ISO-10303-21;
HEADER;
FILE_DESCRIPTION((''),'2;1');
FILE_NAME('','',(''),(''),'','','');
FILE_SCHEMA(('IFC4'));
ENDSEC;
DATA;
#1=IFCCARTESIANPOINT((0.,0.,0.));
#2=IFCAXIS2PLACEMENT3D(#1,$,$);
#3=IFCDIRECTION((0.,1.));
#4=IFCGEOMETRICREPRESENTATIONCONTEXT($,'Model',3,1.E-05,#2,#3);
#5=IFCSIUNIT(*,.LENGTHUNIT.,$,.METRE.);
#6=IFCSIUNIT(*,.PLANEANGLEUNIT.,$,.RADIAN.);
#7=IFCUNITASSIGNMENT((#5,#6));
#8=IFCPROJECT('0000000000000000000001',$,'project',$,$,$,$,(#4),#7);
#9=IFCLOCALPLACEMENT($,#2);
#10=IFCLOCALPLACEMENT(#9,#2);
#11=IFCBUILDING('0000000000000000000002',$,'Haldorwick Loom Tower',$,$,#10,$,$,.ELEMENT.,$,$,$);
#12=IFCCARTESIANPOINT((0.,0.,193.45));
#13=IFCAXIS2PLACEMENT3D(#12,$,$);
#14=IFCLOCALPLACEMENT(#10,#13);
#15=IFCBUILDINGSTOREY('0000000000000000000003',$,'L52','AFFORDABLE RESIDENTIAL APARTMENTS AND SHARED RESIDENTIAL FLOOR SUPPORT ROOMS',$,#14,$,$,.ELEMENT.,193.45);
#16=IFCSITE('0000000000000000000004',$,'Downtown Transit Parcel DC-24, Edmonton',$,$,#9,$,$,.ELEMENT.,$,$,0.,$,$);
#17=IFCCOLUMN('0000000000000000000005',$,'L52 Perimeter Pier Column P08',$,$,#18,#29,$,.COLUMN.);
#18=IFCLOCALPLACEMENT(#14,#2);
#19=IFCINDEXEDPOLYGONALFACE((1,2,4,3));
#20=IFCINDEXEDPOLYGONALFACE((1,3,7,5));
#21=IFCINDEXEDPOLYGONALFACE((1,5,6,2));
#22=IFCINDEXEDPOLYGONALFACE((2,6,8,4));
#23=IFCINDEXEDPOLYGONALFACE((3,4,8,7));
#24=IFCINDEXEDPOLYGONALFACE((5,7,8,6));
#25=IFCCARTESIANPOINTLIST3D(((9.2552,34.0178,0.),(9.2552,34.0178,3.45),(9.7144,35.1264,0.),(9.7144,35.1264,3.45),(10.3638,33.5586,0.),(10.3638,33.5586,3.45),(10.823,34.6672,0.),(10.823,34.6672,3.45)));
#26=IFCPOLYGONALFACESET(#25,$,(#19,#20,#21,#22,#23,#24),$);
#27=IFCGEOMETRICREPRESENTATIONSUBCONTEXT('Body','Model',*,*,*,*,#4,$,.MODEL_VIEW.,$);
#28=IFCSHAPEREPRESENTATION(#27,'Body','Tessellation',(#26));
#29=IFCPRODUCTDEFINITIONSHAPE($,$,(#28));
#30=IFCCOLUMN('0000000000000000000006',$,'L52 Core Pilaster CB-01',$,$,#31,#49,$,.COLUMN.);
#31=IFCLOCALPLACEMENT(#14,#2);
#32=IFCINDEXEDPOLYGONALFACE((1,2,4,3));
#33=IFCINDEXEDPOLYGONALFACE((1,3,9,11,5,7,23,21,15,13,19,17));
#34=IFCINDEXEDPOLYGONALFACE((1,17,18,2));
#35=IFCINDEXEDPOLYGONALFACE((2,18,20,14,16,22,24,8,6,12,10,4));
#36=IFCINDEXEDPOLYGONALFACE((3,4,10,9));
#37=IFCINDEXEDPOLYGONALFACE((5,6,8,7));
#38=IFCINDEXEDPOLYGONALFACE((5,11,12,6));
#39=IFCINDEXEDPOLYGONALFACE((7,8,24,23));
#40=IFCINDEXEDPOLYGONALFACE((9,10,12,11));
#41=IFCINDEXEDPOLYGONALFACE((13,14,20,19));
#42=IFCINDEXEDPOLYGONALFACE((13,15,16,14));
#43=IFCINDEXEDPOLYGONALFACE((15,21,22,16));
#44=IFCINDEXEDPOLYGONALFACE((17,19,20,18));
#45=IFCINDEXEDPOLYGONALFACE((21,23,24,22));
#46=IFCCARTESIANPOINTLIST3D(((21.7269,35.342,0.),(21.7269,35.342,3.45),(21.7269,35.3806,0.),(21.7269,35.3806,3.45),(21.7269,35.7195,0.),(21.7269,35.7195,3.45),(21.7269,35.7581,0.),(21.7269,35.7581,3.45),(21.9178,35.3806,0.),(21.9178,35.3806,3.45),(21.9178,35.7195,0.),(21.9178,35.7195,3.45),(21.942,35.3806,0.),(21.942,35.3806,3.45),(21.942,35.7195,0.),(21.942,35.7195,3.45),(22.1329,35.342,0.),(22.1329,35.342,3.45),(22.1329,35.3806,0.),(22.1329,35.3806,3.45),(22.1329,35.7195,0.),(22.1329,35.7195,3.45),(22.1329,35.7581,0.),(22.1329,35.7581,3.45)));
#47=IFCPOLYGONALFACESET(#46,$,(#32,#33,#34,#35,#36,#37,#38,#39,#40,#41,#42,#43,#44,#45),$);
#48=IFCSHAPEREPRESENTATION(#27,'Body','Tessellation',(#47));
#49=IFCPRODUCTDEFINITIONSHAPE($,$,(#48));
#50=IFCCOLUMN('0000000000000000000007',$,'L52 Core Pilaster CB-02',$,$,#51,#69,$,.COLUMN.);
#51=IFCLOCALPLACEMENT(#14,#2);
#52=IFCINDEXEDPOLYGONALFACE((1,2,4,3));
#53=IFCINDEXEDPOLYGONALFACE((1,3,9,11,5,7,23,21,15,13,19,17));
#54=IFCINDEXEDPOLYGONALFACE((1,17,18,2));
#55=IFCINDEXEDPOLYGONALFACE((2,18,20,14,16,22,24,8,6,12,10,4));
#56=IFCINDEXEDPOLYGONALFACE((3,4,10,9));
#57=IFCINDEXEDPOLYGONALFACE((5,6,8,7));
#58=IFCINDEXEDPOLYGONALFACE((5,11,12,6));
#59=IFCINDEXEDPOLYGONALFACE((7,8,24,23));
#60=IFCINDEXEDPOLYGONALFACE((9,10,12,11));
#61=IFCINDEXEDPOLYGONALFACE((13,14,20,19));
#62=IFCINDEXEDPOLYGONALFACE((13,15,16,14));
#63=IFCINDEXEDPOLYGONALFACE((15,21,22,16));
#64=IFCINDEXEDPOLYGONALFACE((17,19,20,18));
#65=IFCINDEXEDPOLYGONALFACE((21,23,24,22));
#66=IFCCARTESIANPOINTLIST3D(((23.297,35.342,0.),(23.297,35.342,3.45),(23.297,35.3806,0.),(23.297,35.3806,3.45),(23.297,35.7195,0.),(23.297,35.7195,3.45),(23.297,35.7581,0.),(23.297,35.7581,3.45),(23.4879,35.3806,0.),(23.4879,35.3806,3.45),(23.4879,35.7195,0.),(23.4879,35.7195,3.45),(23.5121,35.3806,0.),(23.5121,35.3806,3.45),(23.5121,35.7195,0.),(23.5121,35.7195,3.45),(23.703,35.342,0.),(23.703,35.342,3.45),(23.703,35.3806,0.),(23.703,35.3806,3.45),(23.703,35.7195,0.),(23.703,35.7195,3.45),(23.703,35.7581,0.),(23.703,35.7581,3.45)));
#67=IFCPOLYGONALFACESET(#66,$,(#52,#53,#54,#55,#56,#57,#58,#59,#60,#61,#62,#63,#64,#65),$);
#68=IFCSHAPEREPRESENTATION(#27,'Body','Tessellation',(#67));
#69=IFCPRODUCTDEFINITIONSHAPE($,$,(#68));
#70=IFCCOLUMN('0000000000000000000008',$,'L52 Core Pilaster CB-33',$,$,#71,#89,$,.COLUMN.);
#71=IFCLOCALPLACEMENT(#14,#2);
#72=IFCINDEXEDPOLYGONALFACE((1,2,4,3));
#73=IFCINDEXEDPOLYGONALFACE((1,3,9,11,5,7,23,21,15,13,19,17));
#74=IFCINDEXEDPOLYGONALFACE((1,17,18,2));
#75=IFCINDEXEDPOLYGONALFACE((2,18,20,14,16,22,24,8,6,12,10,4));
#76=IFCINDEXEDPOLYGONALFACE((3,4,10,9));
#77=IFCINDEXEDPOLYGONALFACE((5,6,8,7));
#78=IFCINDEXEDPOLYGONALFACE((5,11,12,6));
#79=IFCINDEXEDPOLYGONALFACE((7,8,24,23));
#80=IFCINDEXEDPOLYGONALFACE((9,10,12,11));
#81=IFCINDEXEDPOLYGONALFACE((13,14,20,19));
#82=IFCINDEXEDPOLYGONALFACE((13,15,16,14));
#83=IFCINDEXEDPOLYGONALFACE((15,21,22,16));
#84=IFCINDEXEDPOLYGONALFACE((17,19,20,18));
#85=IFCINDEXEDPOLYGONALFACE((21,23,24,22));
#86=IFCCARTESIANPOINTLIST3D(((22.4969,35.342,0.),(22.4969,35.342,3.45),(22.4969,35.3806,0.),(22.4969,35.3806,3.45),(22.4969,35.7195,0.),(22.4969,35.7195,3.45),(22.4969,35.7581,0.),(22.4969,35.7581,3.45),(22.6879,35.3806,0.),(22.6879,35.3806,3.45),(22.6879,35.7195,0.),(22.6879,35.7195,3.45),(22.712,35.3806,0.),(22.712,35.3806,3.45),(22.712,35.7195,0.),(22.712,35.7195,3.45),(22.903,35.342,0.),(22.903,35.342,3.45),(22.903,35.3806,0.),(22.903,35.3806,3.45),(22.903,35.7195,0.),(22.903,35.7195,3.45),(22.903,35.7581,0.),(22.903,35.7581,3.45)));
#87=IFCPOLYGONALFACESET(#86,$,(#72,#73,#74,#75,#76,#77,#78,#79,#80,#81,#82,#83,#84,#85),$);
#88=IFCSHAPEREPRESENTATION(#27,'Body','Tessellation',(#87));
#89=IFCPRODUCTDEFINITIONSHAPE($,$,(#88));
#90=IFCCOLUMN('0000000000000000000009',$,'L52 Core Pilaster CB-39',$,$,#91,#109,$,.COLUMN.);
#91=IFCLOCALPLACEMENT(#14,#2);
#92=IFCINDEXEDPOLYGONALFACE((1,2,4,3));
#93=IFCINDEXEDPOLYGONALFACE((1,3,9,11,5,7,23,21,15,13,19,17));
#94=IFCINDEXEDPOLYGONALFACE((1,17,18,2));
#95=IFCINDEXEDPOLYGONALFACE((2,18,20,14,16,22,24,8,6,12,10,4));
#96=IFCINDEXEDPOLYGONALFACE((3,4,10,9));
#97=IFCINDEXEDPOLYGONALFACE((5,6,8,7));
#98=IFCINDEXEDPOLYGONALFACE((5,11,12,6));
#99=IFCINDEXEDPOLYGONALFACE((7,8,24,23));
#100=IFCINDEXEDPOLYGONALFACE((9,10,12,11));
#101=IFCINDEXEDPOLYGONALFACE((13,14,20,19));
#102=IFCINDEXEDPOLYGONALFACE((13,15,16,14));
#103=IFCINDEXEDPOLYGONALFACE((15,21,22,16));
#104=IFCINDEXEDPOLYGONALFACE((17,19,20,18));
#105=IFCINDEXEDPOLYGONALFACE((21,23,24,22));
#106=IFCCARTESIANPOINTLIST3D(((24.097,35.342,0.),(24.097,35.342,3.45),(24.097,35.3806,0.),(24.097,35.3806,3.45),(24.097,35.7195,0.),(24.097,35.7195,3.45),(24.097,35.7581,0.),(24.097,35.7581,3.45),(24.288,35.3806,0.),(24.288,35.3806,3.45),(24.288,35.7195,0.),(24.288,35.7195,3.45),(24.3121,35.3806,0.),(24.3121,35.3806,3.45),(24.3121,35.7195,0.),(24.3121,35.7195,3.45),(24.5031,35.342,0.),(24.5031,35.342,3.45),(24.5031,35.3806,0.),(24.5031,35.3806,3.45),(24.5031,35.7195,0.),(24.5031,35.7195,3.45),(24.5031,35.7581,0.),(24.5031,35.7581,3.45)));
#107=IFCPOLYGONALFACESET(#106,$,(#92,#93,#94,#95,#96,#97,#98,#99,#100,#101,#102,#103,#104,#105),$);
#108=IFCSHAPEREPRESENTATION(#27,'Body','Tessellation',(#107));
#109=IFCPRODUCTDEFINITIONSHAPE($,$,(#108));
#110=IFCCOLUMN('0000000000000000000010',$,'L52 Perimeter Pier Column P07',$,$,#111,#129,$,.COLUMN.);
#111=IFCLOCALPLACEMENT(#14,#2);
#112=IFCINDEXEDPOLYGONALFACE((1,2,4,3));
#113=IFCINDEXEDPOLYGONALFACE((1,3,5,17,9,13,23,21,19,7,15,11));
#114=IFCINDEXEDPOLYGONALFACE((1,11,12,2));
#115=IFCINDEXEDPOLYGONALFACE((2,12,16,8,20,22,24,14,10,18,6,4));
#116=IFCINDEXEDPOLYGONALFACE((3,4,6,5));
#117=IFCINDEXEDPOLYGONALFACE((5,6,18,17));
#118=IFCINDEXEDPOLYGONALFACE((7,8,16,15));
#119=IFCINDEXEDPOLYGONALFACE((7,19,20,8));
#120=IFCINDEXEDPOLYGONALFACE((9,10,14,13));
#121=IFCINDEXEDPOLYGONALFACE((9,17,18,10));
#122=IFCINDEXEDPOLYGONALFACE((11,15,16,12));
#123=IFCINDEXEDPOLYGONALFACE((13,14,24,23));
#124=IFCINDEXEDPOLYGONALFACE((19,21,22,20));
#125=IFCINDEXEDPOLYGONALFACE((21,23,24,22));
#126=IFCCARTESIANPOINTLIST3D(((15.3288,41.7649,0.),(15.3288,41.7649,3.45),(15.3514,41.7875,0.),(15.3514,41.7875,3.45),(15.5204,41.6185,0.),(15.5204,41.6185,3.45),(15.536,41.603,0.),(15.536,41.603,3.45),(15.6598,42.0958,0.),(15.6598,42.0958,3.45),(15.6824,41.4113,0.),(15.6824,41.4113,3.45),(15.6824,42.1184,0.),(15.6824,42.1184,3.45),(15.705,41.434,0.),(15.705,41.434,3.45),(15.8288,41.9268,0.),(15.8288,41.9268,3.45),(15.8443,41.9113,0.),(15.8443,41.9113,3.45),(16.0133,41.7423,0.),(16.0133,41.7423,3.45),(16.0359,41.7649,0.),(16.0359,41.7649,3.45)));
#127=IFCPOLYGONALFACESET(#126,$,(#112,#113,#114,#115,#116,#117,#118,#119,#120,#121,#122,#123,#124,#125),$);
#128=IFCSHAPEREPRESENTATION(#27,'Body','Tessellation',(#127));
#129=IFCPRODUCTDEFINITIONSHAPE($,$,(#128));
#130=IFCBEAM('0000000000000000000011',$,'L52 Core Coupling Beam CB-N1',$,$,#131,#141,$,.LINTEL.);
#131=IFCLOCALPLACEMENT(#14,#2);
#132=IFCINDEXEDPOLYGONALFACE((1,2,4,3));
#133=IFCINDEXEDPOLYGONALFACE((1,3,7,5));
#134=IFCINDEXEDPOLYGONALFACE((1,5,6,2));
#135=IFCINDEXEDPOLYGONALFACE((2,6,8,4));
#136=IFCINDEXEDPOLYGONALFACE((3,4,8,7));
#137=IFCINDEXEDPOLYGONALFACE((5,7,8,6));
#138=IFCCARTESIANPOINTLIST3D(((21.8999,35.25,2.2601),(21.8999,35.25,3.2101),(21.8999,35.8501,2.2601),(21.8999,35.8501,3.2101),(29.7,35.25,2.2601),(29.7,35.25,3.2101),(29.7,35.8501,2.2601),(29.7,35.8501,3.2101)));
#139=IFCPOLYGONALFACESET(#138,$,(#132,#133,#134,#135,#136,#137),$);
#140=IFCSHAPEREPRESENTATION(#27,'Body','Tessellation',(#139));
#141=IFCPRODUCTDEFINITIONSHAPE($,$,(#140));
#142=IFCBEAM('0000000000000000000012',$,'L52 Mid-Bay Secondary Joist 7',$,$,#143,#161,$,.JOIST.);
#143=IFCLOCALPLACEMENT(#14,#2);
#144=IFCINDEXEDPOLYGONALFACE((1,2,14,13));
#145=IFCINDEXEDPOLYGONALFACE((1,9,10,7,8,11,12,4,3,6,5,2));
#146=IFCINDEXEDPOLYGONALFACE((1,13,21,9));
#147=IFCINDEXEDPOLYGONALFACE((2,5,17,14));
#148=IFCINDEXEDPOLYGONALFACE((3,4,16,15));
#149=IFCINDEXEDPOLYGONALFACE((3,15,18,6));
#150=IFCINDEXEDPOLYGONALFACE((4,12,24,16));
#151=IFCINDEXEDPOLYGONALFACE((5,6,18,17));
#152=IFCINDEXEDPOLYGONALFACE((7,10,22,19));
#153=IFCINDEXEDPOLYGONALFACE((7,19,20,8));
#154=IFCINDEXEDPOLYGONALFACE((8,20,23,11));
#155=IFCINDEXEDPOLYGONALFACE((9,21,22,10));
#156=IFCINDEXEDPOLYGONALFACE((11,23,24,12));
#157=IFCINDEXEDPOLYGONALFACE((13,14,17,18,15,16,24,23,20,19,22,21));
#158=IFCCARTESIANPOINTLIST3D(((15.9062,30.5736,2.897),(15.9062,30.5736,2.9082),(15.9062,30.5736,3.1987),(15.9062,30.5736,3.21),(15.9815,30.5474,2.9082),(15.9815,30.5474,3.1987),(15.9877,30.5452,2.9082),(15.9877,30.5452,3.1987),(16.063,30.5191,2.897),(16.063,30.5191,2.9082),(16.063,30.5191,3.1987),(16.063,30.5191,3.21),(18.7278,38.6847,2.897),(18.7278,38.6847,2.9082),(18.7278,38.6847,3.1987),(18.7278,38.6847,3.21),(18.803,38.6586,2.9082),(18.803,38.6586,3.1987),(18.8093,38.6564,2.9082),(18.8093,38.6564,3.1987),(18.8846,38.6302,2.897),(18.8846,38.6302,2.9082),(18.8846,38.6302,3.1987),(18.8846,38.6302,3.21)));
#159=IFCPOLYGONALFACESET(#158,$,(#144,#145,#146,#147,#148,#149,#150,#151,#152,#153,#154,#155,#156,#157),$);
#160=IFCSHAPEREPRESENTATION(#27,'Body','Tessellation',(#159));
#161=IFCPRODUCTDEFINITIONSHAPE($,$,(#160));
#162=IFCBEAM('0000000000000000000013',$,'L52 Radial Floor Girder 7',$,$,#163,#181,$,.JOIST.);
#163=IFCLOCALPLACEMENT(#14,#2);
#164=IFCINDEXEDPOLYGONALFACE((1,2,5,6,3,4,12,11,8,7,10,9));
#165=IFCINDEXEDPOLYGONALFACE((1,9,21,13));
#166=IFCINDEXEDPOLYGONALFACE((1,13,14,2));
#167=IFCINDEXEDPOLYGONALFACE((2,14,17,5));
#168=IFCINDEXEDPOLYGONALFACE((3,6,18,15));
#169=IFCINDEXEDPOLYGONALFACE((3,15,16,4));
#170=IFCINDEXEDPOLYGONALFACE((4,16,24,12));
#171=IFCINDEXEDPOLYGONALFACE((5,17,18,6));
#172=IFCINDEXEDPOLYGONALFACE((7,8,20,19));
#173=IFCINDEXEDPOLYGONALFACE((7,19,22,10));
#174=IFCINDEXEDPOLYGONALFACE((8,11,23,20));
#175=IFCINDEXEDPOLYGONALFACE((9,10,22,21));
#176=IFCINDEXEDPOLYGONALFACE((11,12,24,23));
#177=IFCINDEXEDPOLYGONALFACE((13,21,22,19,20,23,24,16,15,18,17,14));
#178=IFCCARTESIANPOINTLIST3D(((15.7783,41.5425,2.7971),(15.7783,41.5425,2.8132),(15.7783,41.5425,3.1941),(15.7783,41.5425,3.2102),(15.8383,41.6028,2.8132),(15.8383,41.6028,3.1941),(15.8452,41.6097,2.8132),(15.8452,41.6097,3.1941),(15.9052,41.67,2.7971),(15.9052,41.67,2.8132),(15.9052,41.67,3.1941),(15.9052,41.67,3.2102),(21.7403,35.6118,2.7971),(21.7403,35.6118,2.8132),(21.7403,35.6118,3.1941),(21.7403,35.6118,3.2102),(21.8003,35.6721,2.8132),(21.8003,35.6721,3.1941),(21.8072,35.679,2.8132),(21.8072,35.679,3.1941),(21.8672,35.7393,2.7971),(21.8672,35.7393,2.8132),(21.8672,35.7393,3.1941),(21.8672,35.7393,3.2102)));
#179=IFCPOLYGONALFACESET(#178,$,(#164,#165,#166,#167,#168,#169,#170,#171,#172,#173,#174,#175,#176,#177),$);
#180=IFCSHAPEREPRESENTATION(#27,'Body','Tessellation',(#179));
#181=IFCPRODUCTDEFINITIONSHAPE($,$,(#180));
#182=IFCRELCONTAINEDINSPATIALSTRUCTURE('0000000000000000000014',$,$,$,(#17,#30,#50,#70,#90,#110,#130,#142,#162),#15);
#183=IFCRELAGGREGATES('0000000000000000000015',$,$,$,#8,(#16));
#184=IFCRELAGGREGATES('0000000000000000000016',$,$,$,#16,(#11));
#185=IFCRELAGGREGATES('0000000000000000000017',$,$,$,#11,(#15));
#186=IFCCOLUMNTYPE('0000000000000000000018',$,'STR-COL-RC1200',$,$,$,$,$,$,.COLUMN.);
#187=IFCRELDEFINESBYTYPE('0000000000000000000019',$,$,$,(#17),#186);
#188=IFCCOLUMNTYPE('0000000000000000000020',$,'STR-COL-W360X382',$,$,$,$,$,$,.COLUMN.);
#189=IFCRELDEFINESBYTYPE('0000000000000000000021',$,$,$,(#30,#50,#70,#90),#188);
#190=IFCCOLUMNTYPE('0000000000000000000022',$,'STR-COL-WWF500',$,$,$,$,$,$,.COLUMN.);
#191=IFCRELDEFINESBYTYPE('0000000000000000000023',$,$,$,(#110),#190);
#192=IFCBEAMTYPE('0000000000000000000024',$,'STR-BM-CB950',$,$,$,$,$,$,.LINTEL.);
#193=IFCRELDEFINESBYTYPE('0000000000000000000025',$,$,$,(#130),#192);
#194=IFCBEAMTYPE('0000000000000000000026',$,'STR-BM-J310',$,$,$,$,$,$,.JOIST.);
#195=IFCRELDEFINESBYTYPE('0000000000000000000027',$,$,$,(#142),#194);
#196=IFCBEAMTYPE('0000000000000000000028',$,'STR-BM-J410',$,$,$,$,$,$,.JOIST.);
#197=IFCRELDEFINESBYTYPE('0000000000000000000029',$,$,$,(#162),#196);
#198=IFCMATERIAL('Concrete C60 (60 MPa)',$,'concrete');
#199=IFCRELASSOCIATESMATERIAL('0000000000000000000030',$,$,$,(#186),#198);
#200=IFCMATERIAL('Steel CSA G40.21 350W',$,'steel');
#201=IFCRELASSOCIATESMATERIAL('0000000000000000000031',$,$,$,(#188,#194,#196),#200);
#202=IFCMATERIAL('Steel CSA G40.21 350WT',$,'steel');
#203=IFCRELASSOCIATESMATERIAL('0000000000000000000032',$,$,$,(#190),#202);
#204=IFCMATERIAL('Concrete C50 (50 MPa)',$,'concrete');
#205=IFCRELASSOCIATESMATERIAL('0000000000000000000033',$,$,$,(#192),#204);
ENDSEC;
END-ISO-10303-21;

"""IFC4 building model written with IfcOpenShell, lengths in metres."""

from ifc_helpers import new_model, si_unit, direction, frame, origin, origin_2d, place, context, subcontext, project, spatial, rectangle, i_section, extrude, material, material_profile, profile_set, type_object, element, save


model = new_model("IFC4")

# Units and contexts
model_context = context("Model", 3, precision=1e-05, world=origin(), true_north=direction((0.0, 1.0)))
body_context = subcontext(model_context, "Body", "Model", "MODEL_VIEW")
ifc_project = project(units=[si_unit("LENGTHUNIT", "METRE"), si_unit("PLANEANGLEUNIT", "RADIAN")], contexts=[model_context])

# Site, building, storey
site_placement = place(None, origin())
site = spatial("IfcSite", under=ifc_project, at=site_placement, Name="Downtown Transit Parcel DC-24, Edmonton", CompositionType="ELEMENT", RefElevation=0.0)
building_placement = place(site_placement, origin())
building = spatial("IfcBuilding", under=site, at=building_placement, Name="Haldorwick Loom Tower", CompositionType="ELEMENT")
storey_placement = place(building_placement, frame((0.0, 0.0, 193.45)))
storey = spatial("IfcBuildingStorey", under=building, at=storey_placement, Name="L52", Description="AFFORDABLE RESIDENTIAL APARTMENTS AND SHARED RESIDENTIAL FLOOR SUPPORT ROOMS", CompositionType="ELEMENT", Elevation=193.45)

# Columns
ifc_material_1 = material(Name="Concrete C60 (60 MPa)", Category="concrete")
ifc_material_profile_1 = material_profile(ifc_material_1, rectangle(XDim=1.2, YDim=1.2, at=origin_2d()), Name="RC1200X1200", Category="concrete")
ifc_profile_set_1 = profile_set([ifc_material_profile_1], Name="Concrete C60 (60 MPa)")
column_type_1 = type_object("IfcColumnType", Name="STR-COL-RC1200", PredefinedType="COLUMN", material=ifc_profile_set_1)
column_1_placement = place(storey_placement, frame((10.0391, 34.3425, 0.0), z_axis=(0.0, 0.0, 1.0), x_axis=(-0.92388, 0.382683, 0.0)))
element("IfcColumn", 1, at=column_1_placement, inside=storey, type_object=column_type_1, Name="L52 Perimeter Pier Column P08", PredefinedType="COLUMN", context=body_context, shape_type="SweptSolid", body=[
    extrude(rectangle(XDim=1.2, YDim=1.2, at=origin_2d()), origin(), (0.0, 0.0, 1.0), 3.45),
])
ifc_material_2 = material(Name="Steel CSA G40.21 350W", Category="steel")
ifc_material_profile_2 = material_profile(ifc_material_2, i_section(OverallWidth=0.406, OverallDepth=0.416, WebThickness=0.0242, FlangeThickness=0.0386, at=origin_2d()), Name="W360X382", Category="steel")
ifc_profile_set_2 = profile_set([ifc_material_profile_2], Name="Steel CSA G40.21 350W")
column_type_2 = type_object("IfcColumnType", Name="STR-COL-W360X382", PredefinedType="COLUMN", material=ifc_profile_set_2)
for number, where, z_axis, x_axis, name in (
    (2, (21.9299, 35.55, 0.0), (0.0, 0.0, 1.0), (1.0, 0.0, 0.0), "L52 Core Pilaster CB-01"),
    (3, (23.5, 35.55, 0.0), (0.0, 0.0, 1.0), (1.0, 0.0, 0.0), "L52 Core Pilaster CB-02"),
    (4, (22.7, 35.55, 0.0), (0.0, 0.0, 1.0), (1.0, 0.0, 0.0), "L52 Core Pilaster CB-33"),
    (5, (24.3, 35.55, 0.0), (0.0, 0.0, 1.0), (1.0, 0.0, 0.0), "L52 Core Pilaster CB-39"),
):
    element("IfcColumn", number, at=place(storey_placement, frame(where, z_axis=z_axis, x_axis=x_axis)), inside=storey, type_object=column_type_2, Name=name, PredefinedType="COLUMN", context=body_context, shape_type="SweptSolid", body=[
        extrude(i_section(OverallWidth=0.406, OverallDepth=0.416, WebThickness=0.0242, FlangeThickness=0.0386, at=origin_2d()), origin(), (0.0, 0.0, 1.0), 3.45),
    ])
ifc_material_3 = material(Name="Steel CSA G40.21 350WT", Category="steel")
ifc_material_profile_3 = material_profile(ifc_material_3, i_section(OverallWidth=0.5, OverallDepth=0.5, WebThickness=0.022, FlangeThickness=0.032, at=origin_2d()), Name="WWF500X500", Category="steel")
ifc_profile_set_3 = profile_set([ifc_material_profile_3], Name="Steel CSA G40.21 350WT")
column_type_3 = type_object("IfcColumnType", Name="STR-COL-WWF500", PredefinedType="COLUMN", material=ifc_profile_set_3)
column_2_placement = place(storey_placement, frame((15.6824, 41.7649, 0.0), z_axis=(0.0, 0.0, 1.0), x_axis=(-0.707107, 0.707107, 0.0)))
element("IfcColumn", 6, at=column_2_placement, inside=storey, type_object=column_type_3, Name="L52 Perimeter Pier Column P07", PredefinedType="COLUMN", context=body_context, shape_type="SweptSolid", body=[
    extrude(i_section(OverallWidth=0.5, OverallDepth=0.5, WebThickness=0.022, FlangeThickness=0.032, at=origin_2d()), origin(), (0.0, 0.0, 1.0), 3.45),
])

# Beams
ifc_material_4 = material(Name="Concrete C50 (50 MPa)", Category="concrete")
ifc_material_profile_4 = material_profile(ifc_material_4, rectangle(XDim=0.6001, YDim=0.95, at=origin_2d()), Name="RC600X950", Category="concrete")
ifc_profile_set_4 = profile_set([ifc_material_profile_4], Name="Concrete C50 (50 MPa)")
beam_type_1 = type_object("IfcBeamType", Name="STR-BM-CB950", PredefinedType="LINTEL", material=ifc_profile_set_4)
beam_1_placement = place(storey_placement, frame((21.8999, 35.55, 2.7351), z_axis=(1.0, 0.0, 0.0), x_axis=(0.0, 1.0, 0.0)))
element("IfcBeam", 7, at=beam_1_placement, inside=storey, type_object=beam_type_1, Name="L52 Core Coupling Beam CB-N1", PredefinedType="LINTEL", context=body_context, shape_type="SweptSolid", body=[
    extrude(rectangle(XDim=0.6001, YDim=0.95, at=origin_2d()), origin(), (0.0, 0.0, 1.0), 7.8),
])
ifc_material_profile_5 = material_profile(ifc_material_2, i_section(OverallWidth=0.166, OverallDepth=0.313, WebThickness=0.0066, FlangeThickness=0.0112, at=origin_2d()), Name="W310X45", Category="steel")
ifc_profile_set_5 = profile_set([ifc_material_profile_5], Name="Steel CSA G40.21 350W")
beam_type_2 = type_object("IfcBeamType", Name="STR-BM-J310", PredefinedType="JOIST", material=ifc_profile_set_5)
beam_2_placement = place(storey_placement, frame((18.8062, 38.6575, 3.0535), z_axis=(-0.32855, -0.944486, 0.0), x_axis=(0.944486, -0.32855, 0.0)))
element("IfcBeam", 8, at=beam_2_placement, inside=storey, type_object=beam_type_2, Name="L52 Mid-Bay Secondary Joist 7", PredefinedType="JOIST", context=body_context, shape_type="SweptSolid", body=[
    extrude(i_section(OverallWidth=0.166, OverallDepth=0.313, WebThickness=0.0066, FlangeThickness=0.0112, at=origin_2d()), origin(), (0.0, 0.0, 1.0), 8.5879),
])
ifc_material_profile_6 = material_profile(ifc_material_2, i_section(OverallWidth=0.1799, OverallDepth=0.4131, WebThickness=0.0098, FlangeThickness=0.0161, at=origin_2d()), Name="W410X74", Category="steel")
ifc_profile_set_6 = profile_set([ifc_material_profile_6], Name="Steel CSA G40.21 350W")
beam_type_3 = type_object("IfcBeamType", Name="STR-BM-J410", PredefinedType="JOIST", material=ifc_profile_set_6)
beam_3_placement = place(storey_placement, frame((21.8037, 35.6755, 3.0037), z_axis=(-0.708962, 0.705246, 0.0), x_axis=(-0.705246, -0.708962, 0.0)))
element("IfcBeam", 9, at=beam_3_placement, inside=storey, type_object=beam_type_3, Name="L52 Radial Floor Girder 7", PredefinedType="JOIST", context=body_context, shape_type="SweptSolid", body=[
    extrude(i_section(OverallWidth=0.1799, OverallDepth=0.4131, WebThickness=0.0098, FlangeThickness=0.0161, at=origin_2d()), origin(), (0.0, 0.0, 1.0), 8.4094),
])

save(model, "model.ifc")
